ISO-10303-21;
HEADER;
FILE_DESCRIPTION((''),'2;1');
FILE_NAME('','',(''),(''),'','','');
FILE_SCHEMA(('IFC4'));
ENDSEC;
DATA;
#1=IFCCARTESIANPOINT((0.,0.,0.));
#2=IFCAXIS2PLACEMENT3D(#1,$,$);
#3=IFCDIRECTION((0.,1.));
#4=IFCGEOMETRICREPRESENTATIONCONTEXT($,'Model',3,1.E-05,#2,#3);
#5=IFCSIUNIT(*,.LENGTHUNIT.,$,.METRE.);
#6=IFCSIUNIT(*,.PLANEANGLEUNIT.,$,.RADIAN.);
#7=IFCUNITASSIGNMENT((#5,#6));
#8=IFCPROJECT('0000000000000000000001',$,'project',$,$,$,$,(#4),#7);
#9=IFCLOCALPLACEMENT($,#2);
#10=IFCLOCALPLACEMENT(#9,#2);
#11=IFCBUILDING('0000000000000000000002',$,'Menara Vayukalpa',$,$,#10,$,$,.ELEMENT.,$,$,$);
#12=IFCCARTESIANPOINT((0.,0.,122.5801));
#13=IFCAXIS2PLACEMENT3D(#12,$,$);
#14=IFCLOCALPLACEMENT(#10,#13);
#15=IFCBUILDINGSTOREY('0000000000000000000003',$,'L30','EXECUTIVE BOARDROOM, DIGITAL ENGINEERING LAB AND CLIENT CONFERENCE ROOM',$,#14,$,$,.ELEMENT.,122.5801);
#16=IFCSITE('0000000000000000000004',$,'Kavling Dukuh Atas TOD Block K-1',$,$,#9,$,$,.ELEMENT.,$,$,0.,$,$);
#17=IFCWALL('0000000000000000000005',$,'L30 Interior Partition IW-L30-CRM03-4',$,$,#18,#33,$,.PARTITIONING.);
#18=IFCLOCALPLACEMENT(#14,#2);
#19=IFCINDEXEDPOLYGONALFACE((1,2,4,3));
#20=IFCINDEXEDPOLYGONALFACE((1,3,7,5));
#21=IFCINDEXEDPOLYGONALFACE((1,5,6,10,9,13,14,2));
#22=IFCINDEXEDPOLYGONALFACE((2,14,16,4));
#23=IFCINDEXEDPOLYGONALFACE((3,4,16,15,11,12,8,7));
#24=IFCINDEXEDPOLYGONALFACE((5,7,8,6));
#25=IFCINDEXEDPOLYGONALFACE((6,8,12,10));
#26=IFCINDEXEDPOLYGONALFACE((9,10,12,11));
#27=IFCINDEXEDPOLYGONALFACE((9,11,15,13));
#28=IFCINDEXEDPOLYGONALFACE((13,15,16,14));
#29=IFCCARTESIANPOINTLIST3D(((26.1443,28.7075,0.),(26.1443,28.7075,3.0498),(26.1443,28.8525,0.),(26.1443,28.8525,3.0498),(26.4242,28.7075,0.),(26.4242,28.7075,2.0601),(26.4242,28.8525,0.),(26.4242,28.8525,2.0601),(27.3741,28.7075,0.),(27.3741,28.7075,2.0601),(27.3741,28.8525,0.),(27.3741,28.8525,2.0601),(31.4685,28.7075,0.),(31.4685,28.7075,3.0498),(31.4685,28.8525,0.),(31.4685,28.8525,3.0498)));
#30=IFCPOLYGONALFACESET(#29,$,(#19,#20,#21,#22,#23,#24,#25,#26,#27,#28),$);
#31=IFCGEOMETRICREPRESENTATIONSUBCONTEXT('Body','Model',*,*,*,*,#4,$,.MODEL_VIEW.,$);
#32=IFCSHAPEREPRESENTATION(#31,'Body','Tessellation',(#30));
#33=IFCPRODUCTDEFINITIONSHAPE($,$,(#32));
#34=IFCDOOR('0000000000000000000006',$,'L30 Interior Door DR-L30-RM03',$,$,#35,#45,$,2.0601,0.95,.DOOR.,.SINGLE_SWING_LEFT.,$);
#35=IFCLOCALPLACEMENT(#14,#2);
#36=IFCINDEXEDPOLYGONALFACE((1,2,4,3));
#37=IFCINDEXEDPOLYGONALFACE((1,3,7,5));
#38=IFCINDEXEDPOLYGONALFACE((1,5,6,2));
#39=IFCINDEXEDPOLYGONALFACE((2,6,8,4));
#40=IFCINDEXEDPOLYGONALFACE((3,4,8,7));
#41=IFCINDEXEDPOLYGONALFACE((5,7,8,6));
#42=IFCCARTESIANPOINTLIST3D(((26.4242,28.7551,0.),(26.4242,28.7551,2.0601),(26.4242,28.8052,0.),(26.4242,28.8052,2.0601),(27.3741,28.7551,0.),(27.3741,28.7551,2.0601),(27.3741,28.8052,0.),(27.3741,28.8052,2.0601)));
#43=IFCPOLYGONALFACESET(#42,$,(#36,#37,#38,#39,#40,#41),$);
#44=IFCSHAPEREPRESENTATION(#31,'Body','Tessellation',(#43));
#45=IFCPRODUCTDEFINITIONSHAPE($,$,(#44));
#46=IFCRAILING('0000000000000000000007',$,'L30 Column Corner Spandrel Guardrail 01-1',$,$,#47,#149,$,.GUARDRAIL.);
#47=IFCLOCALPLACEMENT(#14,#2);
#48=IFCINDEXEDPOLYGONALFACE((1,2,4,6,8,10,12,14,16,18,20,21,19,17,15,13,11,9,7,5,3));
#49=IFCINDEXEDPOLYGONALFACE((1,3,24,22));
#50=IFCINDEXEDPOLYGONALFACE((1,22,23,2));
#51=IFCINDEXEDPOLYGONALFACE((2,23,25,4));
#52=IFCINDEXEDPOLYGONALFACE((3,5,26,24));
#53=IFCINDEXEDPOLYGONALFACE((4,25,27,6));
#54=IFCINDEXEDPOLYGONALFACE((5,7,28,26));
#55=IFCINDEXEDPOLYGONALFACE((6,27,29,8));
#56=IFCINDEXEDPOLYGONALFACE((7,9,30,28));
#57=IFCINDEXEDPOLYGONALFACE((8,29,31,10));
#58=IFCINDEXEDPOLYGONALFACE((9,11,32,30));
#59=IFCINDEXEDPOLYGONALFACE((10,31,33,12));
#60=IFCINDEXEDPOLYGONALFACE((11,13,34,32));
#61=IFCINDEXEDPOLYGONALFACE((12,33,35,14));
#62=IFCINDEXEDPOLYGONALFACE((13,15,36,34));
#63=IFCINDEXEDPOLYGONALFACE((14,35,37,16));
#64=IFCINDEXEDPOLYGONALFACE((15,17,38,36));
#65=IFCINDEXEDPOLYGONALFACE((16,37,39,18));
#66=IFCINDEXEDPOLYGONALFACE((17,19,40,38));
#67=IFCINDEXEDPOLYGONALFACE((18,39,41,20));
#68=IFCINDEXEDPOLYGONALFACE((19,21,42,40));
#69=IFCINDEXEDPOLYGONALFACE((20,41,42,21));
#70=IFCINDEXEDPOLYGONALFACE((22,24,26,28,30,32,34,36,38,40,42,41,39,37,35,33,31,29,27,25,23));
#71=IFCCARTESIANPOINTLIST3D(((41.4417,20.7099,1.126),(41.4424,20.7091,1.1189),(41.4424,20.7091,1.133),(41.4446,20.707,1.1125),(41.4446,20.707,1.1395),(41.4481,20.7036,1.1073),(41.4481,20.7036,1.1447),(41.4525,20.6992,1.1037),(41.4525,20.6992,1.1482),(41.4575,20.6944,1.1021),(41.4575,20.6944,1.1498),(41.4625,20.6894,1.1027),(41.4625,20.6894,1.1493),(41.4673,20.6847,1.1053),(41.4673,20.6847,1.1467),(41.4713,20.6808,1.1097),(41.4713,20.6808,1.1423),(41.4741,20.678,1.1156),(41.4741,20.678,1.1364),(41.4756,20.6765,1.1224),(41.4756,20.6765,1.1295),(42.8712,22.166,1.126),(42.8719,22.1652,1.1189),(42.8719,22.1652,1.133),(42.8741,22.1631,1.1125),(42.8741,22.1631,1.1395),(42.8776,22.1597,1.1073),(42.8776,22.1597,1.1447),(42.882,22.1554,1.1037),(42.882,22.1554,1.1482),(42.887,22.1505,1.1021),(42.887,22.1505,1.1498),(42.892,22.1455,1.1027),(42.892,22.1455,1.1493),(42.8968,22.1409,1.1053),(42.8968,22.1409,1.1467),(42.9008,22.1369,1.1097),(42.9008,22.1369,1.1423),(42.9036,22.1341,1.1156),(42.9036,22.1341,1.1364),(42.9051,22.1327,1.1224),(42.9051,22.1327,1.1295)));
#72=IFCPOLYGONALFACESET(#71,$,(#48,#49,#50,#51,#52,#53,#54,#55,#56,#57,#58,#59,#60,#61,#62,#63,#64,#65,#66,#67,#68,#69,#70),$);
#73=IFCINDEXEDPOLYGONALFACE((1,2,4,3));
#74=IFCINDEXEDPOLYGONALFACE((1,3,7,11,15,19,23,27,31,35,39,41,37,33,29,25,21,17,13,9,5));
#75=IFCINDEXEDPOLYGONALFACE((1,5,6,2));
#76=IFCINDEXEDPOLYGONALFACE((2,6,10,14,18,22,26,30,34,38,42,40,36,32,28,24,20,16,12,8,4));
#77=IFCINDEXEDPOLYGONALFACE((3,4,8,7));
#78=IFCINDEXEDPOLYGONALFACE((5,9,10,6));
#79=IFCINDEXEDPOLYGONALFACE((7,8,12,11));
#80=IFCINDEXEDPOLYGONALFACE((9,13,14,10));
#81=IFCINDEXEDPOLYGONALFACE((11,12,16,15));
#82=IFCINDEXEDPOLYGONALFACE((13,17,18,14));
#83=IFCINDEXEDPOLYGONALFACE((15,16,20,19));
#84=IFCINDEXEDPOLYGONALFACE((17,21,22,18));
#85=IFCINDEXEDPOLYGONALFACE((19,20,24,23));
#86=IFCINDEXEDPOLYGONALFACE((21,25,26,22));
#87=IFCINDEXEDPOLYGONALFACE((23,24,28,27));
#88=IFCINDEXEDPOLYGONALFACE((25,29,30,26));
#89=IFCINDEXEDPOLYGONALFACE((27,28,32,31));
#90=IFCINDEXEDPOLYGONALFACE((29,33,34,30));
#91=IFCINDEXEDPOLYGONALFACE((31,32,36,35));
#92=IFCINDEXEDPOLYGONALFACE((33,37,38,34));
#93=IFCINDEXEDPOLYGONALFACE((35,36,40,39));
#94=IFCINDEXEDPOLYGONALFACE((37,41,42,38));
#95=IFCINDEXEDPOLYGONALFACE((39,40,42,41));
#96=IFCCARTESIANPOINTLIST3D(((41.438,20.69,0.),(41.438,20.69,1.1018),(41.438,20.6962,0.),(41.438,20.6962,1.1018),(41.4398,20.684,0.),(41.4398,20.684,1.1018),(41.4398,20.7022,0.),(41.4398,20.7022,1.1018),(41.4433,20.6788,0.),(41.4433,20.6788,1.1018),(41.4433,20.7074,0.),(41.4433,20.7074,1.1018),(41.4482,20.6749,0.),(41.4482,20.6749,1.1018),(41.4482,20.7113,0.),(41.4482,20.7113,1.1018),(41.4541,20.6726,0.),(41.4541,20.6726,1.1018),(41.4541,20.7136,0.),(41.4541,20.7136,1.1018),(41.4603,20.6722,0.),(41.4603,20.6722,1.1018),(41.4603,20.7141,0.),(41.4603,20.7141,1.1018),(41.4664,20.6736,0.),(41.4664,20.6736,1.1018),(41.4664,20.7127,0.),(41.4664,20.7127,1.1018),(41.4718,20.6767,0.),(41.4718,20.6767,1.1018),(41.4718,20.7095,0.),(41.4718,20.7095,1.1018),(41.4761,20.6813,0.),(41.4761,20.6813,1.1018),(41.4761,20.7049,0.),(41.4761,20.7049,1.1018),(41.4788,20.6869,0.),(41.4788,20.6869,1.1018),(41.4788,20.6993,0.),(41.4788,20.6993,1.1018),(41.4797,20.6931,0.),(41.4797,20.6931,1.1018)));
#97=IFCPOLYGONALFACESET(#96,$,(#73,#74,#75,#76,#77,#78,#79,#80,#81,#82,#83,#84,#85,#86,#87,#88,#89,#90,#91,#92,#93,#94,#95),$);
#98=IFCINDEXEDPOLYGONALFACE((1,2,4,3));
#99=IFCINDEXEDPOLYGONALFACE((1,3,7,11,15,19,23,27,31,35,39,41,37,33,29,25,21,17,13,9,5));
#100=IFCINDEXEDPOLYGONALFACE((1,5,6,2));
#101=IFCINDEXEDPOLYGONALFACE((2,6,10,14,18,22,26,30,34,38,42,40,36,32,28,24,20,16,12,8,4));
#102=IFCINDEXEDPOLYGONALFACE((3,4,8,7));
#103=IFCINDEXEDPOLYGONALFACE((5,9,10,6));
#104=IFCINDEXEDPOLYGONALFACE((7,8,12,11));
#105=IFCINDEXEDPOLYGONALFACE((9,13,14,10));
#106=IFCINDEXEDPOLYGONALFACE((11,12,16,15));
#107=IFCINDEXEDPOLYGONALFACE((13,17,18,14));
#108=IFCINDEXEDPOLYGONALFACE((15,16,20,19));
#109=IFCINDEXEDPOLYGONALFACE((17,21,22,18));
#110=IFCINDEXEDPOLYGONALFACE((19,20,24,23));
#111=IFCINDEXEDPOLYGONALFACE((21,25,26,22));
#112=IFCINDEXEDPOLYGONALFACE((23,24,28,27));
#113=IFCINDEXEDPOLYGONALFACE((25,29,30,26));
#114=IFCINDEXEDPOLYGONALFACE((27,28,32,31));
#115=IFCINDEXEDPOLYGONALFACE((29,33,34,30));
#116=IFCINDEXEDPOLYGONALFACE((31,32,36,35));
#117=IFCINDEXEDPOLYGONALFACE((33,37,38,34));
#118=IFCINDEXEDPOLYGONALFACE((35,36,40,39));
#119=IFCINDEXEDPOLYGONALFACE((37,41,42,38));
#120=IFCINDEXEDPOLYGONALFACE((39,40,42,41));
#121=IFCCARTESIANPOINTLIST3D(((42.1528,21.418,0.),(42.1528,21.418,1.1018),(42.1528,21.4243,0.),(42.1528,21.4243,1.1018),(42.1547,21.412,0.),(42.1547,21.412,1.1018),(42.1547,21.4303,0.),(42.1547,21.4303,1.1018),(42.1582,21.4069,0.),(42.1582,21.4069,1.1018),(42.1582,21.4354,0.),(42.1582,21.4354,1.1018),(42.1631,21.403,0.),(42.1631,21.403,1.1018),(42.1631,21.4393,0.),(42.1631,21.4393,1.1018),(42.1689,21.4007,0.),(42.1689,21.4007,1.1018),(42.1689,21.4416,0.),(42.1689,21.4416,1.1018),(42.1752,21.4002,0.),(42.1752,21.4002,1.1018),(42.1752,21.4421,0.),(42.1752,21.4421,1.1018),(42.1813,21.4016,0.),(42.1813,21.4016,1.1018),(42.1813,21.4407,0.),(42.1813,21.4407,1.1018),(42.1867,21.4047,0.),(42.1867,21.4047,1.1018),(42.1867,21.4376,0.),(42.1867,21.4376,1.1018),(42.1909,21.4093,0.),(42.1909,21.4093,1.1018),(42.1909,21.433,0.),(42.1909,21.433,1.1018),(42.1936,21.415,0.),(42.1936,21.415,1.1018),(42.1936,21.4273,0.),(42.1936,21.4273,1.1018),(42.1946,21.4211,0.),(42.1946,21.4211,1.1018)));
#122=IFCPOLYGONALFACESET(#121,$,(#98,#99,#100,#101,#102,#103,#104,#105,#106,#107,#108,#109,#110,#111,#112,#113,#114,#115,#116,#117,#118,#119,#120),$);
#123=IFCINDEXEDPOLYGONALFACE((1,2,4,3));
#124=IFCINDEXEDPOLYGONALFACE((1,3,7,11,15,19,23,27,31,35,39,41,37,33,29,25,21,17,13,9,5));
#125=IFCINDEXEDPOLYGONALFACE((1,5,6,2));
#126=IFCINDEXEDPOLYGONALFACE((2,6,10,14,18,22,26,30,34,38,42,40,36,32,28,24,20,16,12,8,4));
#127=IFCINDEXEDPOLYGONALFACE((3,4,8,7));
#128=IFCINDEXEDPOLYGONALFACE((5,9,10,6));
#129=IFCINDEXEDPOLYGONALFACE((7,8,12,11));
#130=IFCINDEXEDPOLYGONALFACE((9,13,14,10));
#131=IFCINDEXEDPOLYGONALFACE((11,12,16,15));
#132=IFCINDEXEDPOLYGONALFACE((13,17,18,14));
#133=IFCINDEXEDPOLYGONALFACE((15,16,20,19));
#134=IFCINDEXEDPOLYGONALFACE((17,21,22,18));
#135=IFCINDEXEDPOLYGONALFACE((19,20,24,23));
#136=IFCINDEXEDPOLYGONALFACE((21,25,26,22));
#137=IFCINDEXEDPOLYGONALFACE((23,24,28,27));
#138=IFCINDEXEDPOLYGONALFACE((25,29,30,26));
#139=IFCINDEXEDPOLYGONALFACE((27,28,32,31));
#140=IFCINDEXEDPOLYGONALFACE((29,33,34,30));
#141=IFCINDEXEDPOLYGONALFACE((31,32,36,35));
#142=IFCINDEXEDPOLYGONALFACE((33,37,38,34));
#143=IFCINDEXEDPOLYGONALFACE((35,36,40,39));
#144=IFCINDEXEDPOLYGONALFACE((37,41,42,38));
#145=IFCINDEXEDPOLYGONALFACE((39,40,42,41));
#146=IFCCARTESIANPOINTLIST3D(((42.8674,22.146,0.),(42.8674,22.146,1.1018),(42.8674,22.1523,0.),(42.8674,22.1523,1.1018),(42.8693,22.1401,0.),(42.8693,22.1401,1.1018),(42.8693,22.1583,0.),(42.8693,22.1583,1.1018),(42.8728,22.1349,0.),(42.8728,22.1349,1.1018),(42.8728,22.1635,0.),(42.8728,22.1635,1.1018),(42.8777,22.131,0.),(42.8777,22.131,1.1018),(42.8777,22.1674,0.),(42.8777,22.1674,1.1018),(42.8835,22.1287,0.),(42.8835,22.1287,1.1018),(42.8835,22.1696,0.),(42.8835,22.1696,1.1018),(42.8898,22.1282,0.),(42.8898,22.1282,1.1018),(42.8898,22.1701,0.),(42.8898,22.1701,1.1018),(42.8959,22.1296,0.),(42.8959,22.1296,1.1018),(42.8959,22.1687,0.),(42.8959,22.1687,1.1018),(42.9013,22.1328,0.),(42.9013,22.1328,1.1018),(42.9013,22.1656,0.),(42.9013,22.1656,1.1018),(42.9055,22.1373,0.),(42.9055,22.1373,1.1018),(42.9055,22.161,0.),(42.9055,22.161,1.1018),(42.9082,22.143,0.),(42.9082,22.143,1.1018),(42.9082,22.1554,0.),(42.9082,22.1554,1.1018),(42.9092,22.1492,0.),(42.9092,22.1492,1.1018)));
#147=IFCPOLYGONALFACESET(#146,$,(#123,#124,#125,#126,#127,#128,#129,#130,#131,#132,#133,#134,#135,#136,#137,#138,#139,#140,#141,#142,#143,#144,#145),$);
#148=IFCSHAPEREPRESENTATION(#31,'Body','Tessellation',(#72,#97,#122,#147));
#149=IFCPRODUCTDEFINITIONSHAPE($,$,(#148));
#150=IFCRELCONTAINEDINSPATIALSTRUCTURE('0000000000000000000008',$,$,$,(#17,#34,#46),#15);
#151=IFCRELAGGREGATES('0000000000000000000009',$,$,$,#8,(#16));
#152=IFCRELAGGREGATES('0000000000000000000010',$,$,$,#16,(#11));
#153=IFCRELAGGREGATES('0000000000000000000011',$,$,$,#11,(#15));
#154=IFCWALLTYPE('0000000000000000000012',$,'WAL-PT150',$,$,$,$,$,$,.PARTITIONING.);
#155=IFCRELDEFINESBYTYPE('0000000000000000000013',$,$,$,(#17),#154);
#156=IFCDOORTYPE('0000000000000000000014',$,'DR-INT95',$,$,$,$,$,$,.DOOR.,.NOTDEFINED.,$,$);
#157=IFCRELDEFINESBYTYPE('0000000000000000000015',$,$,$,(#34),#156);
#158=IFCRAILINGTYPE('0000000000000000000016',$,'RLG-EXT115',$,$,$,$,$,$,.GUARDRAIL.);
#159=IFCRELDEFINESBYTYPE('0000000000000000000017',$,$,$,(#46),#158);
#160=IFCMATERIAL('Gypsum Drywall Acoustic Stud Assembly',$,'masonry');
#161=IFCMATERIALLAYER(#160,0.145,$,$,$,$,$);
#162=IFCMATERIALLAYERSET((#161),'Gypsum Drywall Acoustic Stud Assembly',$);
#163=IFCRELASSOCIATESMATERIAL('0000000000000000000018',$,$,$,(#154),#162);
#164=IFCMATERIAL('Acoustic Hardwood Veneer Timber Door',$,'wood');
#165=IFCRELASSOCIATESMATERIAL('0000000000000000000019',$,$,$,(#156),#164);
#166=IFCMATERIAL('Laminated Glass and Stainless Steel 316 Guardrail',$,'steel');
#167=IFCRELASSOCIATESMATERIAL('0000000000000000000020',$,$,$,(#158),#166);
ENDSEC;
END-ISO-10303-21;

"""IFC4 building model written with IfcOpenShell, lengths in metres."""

from ifc_helpers import new_model, si_unit, direction, frame, frame_2d, origin, origin_2d, place, context, subcontext, project, spatial, rectangle, circle, extrude, material, layer, layer_set, type_object, element, fill, save


model = new_model("IFC4")

# Units and contexts
model_context = context("Model", 3, precision=1e-05, world=origin(), true_north=direction((0.0, 1.0)))
body_context = subcontext(model_context, "Body", "Model", "MODEL_VIEW")
ifc_project = project(units=[si_unit("LENGTHUNIT", "METRE"), si_unit("PLANEANGLEUNIT", "RADIAN")], contexts=[model_context])

# Site, building, storey
site_placement = place(None, origin())
site = spatial("IfcSite", under=ifc_project, at=site_placement, Name="Kavling Dukuh Atas TOD Block K-1", CompositionType="ELEMENT", RefElevation=0.0)
building_placement = place(site_placement, origin())
building = spatial("IfcBuilding", under=site, at=building_placement, Name="Menara Vayukalpa", CompositionType="ELEMENT")
storey_placement = place(building_placement, frame((0.0, 0.0, 122.5801)))
storey = spatial("IfcBuildingStorey", under=building, at=storey_placement, Name="L30", Description="EXECUTIVE BOARDROOM, DIGITAL ENGINEERING LAB AND CLIENT CONFERENCE ROOM", CompositionType="ELEMENT", Elevation=122.5801)

# Shared definitions
ifc_material_1 = material(Name="Gypsum Drywall Acoustic Stud Assembly", Category="masonry")
ifc_layer_1 = layer(ifc_material_1, 0.145)
ifc_layer_set_1 = layer_set([ifc_layer_1], Name="Gypsum Drywall Acoustic Stud Assembly")
wall_type_1 = type_object("IfcWallType", Name="WAL-PT150", PredefinedType="PARTITIONING", material=ifc_layer_set_1)

# Wall, opening, door
wall_1_placement = place(storey_placement, frame((31.4685, 28.78, 0.0), z_axis=(0.0, 0.0, 1.0), x_axis=(-1.0, 0.0, 0.0)))
wall_1 = element("IfcWall", 1, at=wall_1_placement, inside=storey, type_object=wall_type_1, Name="L30 Interior Partition IW-L30-CRM03-4", PredefinedType="PARTITIONING", context=body_context, shape_type="SweptSolid", body=[
    extrude(rectangle(XDim=5.3242, YDim=0.145, at=frame_2d((2.6621, 0.0))), origin(), (0.0, 0.0, 1.0), 3.0498),
])
opening_placement = place(wall_1_placement, frame((4.0942, 0.0, 0.0)))
opening = element("IfcOpeningElement", 2, at=opening_placement, cuts=wall_1, PredefinedType="OPENING", context=body_context, shape_type="SweptSolid", body=[
    extrude(rectangle(XDim=0.95, YDim=2.0601, at=frame_2d((0.4751, 1.03))), frame((0.0, 0.0825, 0.0), z_axis=(0.0, -1.0, 0.0), x_axis=(1.0, 0.0, 0.0)), (0.0, 0.0, 1.0), 0.165),
])
ifc_material_2 = material(Name="Acoustic Hardwood Veneer Timber Door", Category="wood")
door_type = type_object("IfcDoorType", Name="DR-INT95", OperationType="NOTDEFINED", PredefinedType="DOOR", material=ifc_material_2)
door_placement = place(opening_placement, origin())
door = element("IfcDoor", 3, at=door_placement, inside=storey, type_object=door_type, Name="L30 Interior Door DR-L30-RM03", OperationType="SINGLE_SWING_LEFT", OverallHeight=2.0601, OverallWidth=0.95, PredefinedType="DOOR", context=body_context, shape_type="SweptSolid", body=[
    extrude(rectangle(XDim=0.95, YDim=2.0601, at=frame_2d((0.4751, 1.03))), frame((0.0, 0.0249, 0.0), z_axis=(0.0, -1.0, 0.0), x_axis=(1.0, 0.0, 0.0)), (0.0, 0.0, 1.0), 0.05),
])
fill(opening, door)

# Railing
ifc_material_3 = material(Name="Laminated Glass and Stainless Steel 316 Guardrail", Category="steel")
railing_type_1 = type_object("IfcRailingType", Name="RLG-EXT115", PredefinedType="GUARDRAIL", material=ifc_material_3)
railing_1_placement = place(storey_placement, frame((41.4587, 20.6931, 0.0)))
element("IfcRailing", 4, at=railing_1_placement, inside=storey, type_object=railing_type_1, Name="L30 Column Corner Spandrel Guardrail 01-1", PredefinedType="GUARDRAIL", context=body_context, shape_type="SweptSolid", body=[
    extrude(circle(Radius=0.0239, at=origin_2d()), frame((0.0, 0.0, 1.126), z_axis=(0.700556, 0.713598, 0.0), x_axis=(-0.713598, 0.700556, 0.0)), (0.0, 0.0, 1.0), 2.0405),
    extrude(circle(Radius=0.021, at=origin_2d()), origin(), (0.0, 0.0, 1.0), 1.1018),
    extrude(circle(Radius=0.021, at=origin_2d()), frame((0.7148, 0.728, 0.0)), (0.0, 0.0, 1.0), 1.1018),
    extrude(circle(Radius=0.021, at=origin_2d()), frame((1.4294, 1.4561, 0.0)), (0.0, 0.0, 1.0), 1.1018),
])

save(model, "model.ifc")
